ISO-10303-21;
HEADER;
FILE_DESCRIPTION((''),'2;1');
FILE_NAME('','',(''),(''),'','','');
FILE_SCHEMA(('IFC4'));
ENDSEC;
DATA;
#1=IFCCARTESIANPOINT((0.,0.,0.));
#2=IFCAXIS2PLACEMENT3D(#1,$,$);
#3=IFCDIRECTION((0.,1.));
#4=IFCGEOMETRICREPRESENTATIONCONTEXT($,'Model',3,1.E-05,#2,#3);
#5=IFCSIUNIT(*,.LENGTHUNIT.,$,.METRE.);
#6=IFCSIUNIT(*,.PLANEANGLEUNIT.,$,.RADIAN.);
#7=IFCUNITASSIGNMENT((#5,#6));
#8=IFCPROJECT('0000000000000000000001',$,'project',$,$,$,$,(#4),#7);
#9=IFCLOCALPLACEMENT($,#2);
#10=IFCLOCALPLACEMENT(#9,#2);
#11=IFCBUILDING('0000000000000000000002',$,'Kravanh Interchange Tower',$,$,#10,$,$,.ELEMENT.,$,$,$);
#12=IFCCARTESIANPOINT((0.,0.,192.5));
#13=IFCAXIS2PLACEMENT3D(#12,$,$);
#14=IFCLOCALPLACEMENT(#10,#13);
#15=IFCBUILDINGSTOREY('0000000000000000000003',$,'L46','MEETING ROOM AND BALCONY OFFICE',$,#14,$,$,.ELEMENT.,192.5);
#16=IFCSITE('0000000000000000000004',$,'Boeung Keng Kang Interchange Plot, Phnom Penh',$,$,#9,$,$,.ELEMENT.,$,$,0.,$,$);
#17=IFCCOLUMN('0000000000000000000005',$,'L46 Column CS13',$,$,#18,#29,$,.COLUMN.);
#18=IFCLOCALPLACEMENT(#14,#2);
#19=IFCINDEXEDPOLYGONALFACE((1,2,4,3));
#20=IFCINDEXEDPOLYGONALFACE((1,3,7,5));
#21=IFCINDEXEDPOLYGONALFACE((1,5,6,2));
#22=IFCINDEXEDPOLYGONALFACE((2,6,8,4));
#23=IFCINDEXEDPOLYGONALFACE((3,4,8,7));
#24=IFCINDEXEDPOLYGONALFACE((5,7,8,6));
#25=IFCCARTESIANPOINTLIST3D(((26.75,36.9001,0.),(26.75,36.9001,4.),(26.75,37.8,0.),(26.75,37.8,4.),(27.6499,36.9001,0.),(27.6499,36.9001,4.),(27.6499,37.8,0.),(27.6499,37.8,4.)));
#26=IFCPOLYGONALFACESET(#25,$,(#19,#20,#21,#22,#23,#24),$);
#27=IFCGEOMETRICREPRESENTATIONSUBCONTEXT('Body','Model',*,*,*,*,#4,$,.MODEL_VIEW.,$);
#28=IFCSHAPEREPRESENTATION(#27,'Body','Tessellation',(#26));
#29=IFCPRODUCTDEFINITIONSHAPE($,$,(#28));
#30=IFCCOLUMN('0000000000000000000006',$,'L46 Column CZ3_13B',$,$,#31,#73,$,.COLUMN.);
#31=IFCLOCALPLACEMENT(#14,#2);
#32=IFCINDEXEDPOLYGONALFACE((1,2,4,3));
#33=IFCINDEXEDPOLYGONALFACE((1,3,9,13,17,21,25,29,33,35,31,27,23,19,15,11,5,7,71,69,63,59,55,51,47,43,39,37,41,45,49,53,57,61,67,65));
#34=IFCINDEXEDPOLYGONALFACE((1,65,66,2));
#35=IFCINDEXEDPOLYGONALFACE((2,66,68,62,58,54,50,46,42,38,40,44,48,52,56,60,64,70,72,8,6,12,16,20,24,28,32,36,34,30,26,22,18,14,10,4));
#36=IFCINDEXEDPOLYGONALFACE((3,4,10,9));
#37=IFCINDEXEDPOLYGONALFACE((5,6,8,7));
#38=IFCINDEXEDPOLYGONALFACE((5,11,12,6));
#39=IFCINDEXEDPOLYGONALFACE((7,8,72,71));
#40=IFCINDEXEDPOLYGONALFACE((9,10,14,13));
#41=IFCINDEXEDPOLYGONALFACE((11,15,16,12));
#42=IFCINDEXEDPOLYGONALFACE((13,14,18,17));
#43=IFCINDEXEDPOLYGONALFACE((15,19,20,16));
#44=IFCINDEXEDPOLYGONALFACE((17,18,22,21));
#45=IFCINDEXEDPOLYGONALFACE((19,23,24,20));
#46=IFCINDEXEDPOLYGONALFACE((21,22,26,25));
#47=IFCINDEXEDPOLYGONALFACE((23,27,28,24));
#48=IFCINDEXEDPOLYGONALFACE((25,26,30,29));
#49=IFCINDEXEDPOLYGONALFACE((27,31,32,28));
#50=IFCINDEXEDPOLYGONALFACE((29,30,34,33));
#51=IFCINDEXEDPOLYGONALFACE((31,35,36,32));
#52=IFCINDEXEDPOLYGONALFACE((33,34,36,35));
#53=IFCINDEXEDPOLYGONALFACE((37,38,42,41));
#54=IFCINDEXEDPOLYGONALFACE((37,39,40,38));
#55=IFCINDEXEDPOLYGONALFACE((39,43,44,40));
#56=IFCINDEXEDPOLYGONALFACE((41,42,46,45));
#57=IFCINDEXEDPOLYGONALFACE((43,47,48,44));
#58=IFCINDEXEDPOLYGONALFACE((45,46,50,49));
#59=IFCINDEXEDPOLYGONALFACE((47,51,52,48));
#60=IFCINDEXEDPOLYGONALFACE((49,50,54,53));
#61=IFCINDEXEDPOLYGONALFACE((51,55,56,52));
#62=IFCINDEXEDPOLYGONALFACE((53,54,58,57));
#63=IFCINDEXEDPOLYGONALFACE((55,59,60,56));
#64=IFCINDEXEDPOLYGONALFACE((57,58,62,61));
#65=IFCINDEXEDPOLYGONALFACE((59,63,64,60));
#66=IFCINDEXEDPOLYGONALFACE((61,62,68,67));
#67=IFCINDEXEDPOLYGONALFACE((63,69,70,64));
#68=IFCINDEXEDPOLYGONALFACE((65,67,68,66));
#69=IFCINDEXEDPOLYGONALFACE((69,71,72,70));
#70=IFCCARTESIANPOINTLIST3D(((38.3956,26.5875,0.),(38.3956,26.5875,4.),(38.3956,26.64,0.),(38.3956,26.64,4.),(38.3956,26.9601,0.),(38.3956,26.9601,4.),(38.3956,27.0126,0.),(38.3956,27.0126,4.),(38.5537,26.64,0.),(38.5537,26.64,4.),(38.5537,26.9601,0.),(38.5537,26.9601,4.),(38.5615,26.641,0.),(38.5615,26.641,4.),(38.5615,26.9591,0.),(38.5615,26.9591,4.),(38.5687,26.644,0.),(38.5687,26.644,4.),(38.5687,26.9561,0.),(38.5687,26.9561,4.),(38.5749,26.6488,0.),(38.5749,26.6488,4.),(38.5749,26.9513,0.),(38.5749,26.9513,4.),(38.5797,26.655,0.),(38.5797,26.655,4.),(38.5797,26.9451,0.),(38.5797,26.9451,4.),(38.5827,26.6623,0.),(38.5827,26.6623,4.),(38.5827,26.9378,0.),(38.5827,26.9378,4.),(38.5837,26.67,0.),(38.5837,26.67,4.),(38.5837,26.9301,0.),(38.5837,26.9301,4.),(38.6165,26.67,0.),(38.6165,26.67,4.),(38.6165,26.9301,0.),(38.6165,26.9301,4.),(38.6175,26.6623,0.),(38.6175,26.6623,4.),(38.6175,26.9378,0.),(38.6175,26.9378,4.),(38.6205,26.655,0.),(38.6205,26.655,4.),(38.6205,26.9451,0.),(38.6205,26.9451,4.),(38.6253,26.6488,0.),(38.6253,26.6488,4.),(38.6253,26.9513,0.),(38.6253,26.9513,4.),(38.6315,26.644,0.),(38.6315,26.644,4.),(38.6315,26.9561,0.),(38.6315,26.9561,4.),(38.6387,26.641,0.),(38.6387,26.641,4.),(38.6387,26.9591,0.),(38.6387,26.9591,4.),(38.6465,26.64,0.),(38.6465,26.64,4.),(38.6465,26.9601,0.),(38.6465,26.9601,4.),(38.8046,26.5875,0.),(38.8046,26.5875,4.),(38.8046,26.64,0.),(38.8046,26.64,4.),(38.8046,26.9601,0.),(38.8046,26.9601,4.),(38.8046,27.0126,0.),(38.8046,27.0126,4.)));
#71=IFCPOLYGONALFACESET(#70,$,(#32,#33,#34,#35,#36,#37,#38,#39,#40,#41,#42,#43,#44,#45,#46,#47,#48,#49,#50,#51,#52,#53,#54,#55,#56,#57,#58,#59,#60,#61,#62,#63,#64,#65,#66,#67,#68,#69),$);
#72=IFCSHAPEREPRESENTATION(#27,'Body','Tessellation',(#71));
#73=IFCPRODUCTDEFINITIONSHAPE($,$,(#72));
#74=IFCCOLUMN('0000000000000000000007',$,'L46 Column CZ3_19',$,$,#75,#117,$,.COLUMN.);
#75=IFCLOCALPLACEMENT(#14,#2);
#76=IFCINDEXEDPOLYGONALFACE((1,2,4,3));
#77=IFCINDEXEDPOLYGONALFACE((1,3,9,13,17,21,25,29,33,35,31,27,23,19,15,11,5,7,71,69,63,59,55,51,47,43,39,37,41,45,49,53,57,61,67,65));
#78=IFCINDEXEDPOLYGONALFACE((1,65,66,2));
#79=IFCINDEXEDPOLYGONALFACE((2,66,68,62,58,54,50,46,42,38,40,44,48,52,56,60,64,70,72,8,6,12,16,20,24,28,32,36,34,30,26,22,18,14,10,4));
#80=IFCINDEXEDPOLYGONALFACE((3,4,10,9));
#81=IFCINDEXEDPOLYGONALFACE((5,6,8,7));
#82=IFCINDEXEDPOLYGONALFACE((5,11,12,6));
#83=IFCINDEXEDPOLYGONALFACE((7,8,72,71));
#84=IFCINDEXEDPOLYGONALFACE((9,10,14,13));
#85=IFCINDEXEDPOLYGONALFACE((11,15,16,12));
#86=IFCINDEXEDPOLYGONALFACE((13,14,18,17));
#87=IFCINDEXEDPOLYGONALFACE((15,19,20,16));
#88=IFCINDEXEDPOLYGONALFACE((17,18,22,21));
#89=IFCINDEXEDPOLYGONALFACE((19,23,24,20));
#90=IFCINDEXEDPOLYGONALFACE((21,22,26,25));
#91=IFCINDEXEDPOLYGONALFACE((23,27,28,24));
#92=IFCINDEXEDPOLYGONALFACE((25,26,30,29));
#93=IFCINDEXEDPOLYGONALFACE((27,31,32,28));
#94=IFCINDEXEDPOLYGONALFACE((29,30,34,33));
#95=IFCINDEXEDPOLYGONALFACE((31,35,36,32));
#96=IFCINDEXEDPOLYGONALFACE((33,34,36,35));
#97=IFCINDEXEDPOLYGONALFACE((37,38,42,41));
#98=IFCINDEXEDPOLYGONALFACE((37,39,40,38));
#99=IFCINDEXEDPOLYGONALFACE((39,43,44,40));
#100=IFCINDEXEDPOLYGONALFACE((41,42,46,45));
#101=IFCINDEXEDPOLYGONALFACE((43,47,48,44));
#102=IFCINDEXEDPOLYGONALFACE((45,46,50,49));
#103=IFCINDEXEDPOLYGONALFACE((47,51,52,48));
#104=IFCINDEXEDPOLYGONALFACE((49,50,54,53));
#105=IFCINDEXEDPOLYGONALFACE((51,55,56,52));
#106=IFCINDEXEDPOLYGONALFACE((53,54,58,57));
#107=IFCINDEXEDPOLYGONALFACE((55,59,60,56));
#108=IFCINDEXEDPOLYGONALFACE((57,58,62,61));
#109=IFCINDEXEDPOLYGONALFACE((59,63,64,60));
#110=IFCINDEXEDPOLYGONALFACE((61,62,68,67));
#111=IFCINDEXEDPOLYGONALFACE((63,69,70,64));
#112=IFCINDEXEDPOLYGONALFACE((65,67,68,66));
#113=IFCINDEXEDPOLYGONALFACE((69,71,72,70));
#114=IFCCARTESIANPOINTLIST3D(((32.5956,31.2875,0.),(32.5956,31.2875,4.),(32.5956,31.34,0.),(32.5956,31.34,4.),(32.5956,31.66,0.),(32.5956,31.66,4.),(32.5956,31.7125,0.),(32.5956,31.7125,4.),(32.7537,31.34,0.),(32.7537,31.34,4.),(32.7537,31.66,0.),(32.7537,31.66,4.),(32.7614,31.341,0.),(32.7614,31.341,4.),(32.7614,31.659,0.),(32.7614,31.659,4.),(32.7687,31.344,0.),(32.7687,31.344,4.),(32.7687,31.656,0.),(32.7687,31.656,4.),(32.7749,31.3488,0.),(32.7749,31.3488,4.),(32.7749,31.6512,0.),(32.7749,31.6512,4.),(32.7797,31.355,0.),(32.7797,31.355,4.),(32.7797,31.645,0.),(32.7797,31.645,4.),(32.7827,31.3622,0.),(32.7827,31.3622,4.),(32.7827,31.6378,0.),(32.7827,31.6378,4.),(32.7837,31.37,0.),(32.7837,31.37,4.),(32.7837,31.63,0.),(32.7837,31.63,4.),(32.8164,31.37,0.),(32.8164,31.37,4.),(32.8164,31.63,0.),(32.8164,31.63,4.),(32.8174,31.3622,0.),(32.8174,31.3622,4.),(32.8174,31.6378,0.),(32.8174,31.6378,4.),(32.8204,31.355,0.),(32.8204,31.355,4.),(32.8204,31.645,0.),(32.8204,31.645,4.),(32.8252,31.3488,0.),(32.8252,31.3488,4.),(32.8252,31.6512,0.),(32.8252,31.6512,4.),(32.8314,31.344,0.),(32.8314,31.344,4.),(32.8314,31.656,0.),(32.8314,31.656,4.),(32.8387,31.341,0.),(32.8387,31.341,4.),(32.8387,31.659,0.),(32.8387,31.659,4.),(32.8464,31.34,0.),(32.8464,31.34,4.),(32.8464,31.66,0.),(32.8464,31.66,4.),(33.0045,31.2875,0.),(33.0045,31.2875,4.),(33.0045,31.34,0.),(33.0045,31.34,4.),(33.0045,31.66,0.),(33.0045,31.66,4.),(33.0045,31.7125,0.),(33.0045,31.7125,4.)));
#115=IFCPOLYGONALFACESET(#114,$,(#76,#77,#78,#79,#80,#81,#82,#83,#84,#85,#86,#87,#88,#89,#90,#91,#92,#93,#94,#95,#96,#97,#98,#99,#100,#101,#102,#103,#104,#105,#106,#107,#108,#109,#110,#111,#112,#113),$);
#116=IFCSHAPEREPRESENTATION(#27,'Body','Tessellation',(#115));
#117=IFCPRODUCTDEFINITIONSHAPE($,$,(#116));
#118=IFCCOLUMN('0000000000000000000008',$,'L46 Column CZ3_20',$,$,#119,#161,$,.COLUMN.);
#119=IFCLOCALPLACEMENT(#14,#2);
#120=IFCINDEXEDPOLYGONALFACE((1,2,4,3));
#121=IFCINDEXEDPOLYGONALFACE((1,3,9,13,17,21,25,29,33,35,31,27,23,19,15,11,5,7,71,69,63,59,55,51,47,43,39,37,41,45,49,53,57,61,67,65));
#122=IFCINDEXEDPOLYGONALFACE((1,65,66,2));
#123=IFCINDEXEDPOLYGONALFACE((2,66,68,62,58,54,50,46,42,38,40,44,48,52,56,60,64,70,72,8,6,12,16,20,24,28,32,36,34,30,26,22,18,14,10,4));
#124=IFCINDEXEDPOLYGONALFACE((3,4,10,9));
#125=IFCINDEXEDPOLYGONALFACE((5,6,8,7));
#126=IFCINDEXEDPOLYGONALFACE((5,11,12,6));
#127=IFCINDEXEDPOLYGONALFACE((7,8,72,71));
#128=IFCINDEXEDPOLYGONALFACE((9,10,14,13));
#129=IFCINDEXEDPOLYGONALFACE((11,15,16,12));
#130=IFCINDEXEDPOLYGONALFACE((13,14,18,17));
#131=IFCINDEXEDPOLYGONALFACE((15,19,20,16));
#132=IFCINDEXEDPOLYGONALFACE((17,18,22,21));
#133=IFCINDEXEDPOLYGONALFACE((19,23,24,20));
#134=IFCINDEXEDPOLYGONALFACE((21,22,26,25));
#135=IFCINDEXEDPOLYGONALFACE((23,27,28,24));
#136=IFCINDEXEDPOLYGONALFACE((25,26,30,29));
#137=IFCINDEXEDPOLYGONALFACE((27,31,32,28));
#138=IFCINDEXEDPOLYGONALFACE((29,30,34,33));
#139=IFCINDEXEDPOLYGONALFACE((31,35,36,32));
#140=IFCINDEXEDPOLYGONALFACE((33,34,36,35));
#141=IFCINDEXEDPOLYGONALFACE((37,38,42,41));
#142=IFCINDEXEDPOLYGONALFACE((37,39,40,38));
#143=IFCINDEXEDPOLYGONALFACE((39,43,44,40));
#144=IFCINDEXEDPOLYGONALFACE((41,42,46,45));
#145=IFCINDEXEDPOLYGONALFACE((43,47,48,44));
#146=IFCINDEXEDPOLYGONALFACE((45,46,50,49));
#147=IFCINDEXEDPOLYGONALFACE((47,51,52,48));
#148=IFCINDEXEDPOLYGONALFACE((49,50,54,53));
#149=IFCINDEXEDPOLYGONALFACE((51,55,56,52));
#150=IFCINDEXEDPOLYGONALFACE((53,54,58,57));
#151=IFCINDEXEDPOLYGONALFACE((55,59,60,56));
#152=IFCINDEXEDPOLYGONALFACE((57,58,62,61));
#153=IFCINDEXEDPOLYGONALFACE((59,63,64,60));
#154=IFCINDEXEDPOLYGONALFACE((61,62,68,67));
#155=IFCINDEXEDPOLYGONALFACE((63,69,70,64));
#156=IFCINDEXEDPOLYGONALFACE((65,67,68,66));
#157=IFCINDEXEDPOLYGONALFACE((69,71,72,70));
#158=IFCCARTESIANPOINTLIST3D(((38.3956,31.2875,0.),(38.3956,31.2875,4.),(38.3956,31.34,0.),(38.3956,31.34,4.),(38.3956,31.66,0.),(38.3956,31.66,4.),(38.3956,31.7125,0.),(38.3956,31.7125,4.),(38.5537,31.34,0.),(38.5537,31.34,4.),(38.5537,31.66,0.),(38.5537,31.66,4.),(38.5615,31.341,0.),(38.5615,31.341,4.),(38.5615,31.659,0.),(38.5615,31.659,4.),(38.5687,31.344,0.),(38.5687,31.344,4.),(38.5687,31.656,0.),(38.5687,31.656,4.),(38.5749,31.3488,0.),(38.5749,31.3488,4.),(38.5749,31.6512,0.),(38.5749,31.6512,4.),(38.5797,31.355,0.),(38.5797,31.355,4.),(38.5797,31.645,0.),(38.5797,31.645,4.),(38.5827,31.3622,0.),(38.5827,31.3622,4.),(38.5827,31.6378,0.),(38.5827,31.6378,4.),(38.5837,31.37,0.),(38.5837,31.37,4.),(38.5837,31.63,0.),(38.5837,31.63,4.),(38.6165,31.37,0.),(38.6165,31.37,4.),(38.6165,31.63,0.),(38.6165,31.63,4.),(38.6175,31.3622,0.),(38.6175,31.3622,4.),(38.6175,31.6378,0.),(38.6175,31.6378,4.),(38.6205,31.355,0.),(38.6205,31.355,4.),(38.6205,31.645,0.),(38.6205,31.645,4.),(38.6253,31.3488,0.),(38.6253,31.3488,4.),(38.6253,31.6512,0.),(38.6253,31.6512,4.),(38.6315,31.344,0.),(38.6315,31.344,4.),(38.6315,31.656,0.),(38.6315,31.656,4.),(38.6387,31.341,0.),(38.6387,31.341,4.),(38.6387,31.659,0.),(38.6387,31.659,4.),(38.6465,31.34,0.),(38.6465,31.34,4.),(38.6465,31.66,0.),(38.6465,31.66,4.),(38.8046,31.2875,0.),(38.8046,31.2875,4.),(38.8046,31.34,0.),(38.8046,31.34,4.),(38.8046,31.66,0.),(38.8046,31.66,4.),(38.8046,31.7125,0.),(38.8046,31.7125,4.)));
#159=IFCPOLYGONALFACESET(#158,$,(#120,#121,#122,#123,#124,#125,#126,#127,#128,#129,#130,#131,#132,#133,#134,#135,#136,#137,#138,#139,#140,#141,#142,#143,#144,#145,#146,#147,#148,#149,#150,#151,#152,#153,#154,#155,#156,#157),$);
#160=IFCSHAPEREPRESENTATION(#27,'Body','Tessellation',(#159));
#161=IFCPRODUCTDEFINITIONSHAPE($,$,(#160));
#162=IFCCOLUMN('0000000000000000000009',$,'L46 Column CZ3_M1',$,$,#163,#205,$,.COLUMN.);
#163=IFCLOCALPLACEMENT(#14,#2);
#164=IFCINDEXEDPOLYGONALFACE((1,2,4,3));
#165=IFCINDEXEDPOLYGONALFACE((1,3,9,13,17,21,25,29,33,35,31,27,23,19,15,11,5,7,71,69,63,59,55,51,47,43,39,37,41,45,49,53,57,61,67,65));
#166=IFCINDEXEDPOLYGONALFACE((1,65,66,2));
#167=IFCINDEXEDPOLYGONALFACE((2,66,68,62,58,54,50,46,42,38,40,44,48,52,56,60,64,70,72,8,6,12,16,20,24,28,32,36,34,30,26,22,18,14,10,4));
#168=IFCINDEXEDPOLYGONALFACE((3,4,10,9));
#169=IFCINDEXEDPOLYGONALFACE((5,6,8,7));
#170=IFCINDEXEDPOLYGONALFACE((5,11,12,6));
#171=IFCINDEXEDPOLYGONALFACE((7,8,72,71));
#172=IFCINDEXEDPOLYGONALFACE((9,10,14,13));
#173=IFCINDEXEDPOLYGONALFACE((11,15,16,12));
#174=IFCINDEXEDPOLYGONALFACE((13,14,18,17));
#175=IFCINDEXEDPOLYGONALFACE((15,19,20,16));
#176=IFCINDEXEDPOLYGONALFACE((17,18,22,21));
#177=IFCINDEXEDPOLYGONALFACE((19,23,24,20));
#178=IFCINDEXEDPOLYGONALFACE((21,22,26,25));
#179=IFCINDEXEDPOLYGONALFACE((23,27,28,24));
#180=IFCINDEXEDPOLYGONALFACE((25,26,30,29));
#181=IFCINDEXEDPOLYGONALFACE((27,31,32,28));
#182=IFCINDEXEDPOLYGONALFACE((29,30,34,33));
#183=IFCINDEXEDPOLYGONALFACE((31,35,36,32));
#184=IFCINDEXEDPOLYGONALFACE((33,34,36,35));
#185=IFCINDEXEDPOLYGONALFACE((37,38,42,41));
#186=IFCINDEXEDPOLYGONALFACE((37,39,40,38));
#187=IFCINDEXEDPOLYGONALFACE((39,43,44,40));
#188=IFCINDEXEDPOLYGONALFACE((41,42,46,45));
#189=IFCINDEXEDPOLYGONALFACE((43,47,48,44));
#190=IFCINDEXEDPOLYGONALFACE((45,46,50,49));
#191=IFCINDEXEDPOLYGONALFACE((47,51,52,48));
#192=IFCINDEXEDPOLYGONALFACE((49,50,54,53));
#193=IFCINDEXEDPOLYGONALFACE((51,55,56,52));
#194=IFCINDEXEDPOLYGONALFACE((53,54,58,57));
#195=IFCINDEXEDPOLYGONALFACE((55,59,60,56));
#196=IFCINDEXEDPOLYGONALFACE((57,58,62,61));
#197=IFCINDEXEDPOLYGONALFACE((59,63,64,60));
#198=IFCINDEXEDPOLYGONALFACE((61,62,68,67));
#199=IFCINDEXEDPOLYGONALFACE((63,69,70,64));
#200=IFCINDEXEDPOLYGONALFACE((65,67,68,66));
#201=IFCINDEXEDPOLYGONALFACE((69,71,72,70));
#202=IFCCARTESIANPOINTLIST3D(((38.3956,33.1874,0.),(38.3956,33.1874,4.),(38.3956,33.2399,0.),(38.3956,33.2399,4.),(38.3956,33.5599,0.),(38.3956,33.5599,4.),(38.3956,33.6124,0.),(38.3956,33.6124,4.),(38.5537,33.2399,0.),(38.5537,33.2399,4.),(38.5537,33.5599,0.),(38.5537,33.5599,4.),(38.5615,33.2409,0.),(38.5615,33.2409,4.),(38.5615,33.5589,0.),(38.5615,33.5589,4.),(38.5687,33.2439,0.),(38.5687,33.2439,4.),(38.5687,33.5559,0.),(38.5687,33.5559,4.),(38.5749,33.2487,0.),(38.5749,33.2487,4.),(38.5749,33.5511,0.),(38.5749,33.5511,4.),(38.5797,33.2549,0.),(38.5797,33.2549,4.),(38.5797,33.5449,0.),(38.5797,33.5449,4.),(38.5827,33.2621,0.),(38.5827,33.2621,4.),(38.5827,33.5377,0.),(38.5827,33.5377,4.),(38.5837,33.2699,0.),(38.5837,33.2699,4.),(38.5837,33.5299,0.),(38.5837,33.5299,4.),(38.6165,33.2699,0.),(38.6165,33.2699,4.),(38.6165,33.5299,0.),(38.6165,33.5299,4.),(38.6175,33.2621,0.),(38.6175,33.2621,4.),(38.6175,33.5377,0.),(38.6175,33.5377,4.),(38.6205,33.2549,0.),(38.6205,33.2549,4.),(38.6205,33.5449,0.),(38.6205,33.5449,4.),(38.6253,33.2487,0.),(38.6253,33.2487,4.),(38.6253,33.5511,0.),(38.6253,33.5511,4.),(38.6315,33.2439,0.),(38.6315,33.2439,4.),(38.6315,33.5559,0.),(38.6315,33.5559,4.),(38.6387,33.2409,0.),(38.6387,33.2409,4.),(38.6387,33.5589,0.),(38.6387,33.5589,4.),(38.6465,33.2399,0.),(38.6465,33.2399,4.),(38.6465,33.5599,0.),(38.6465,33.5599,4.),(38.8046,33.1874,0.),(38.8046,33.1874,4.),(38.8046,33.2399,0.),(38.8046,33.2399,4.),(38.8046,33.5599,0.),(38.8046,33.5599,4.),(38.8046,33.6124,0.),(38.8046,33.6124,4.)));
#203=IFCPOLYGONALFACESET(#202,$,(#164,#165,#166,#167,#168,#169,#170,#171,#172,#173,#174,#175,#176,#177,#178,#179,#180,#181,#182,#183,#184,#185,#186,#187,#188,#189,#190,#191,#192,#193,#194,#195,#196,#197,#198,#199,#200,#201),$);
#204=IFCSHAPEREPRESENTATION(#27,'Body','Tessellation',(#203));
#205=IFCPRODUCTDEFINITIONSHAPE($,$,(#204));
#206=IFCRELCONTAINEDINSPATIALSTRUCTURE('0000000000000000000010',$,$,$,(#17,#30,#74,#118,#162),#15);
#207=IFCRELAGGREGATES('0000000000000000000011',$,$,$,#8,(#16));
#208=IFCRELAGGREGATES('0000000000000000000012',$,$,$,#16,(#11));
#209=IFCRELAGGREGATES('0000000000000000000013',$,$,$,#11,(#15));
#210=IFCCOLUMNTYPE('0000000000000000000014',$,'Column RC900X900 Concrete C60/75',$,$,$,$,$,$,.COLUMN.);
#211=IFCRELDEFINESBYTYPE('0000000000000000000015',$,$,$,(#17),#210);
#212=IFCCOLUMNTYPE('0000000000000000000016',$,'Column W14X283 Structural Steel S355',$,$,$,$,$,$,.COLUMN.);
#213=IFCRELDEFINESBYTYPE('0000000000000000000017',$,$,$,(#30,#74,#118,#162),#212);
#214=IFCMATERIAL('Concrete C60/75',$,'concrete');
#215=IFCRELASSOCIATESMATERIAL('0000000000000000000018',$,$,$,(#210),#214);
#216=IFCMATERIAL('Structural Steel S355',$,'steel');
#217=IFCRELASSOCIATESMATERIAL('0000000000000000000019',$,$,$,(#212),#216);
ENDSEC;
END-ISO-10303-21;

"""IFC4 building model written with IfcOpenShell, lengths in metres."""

from ifc_helpers import new_model, si_unit, direction, frame, origin, origin_2d, place, context, subcontext, project, spatial, rectangle, i_section, extrude, material, material_profile, profile_set, type_object, element, save


model = new_model("IFC4")

# Units and contexts
model_context = context("Model", 3, precision=1e-05, world=origin(), true_north=direction((0.0, 1.0)))
body_context = subcontext(model_context, "Body", "Model", "MODEL_VIEW")
ifc_project = project(units=[si_unit("LENGTHUNIT", "METRE"), si_unit("PLANEANGLEUNIT", "RADIAN")], contexts=[model_context])

# Site, building, storey
site_placement = place(None, origin())
site = spatial("IfcSite", under=ifc_project, at=site_placement, Name="Boeung Keng Kang Interchange Plot, Phnom Penh", CompositionType="ELEMENT", RefElevation=0.0)
building_placement = place(site_placement, origin())
building = spatial("IfcBuilding", under=site, at=building_placement, Name="Kravanh Interchange Tower", CompositionType="ELEMENT")
storey_placement = place(building_placement, frame((0.0, 0.0, 192.5)))
storey = spatial("IfcBuildingStorey", under=building, at=storey_placement, Name="L46", Description="MEETING ROOM AND BALCONY OFFICE", CompositionType="ELEMENT", Elevation=192.5)

# Columns
ifc_material_1 = material(Name="Concrete C60/75", Category="concrete")
ifc_material_profile_1 = material_profile(ifc_material_1, rectangle(XDim=0.8999, YDim=0.8999, at=origin_2d()), Name="RC900X900")
ifc_profile_set_1 = profile_set([ifc_material_profile_1], Name="Concrete C60/75")
column_type_1 = type_object("IfcColumnType", Name="Column RC900X900 Concrete C60/75", PredefinedType="COLUMN", material=ifc_profile_set_1)
column_placement = place(storey_placement, frame((27.2, 37.3501, 0.0), z_axis=(0.0, 0.0, 1.0), x_axis=(1.0, 0.0, 0.0)))
element("IfcColumn", 1, at=column_placement, inside=storey, type_object=column_type_1, Name="L46 Column CS13", PredefinedType="COLUMN", context=body_context, shape_type="SweptSolid", body=[
    extrude(rectangle(XDim=0.8999, YDim=0.8999, at=origin_2d()), origin(), (0.0, 0.0, 1.0), 4.0),
])
ifc_material_2 = material(Name="Structural Steel S355", Category="steel")
ifc_material_profile_2 = material_profile(ifc_material_2, i_section(OverallWidth=0.4089, OverallDepth=0.425, WebThickness=0.0327, FlangeThickness=0.0525, FilletRadius=0.03, at=origin_2d()), Name="W14X283")
ifc_profile_set_2 = profile_set([ifc_material_profile_2], Name="Structural Steel S355")
column_type_2 = type_object("IfcColumnType", Name="Column W14X283 Structural Steel S355", PredefinedType="COLUMN", material=ifc_profile_set_2)
for number, where, z_axis, x_axis, name in (
    (2, (38.6001, 26.8, 0.0), (0.0, 0.0, 1.0), (1.0, 0.0, 0.0), "L46 Column CZ3_13B"),
    (3, (32.8, 31.5, 0.0), (0.0, 0.0, 1.0), (1.0, 0.0, 0.0), "L46 Column CZ3_19"),
    (4, (38.6001, 31.5, 0.0), (0.0, 0.0, 1.0), (1.0, 0.0, 0.0), "L46 Column CZ3_20"),
    (5, (38.6001, 33.3999, 0.0), (0.0, 0.0, 1.0), (1.0, 0.0, 0.0), "L46 Column CZ3_M1"),
):
    element("IfcColumn", number, at=place(storey_placement, frame(where, z_axis=z_axis, x_axis=x_axis)), inside=storey, type_object=column_type_2, Name=name, PredefinedType="COLUMN", context=body_context, shape_type="SweptSolid", body=[
        extrude(i_section(OverallWidth=0.4089, OverallDepth=0.425, WebThickness=0.0327, FlangeThickness=0.0525, FilletRadius=0.03, at=origin_2d()), origin(), (0.0, 0.0, 1.0), 4.0),
    ])

save(model, "model.ifc")
